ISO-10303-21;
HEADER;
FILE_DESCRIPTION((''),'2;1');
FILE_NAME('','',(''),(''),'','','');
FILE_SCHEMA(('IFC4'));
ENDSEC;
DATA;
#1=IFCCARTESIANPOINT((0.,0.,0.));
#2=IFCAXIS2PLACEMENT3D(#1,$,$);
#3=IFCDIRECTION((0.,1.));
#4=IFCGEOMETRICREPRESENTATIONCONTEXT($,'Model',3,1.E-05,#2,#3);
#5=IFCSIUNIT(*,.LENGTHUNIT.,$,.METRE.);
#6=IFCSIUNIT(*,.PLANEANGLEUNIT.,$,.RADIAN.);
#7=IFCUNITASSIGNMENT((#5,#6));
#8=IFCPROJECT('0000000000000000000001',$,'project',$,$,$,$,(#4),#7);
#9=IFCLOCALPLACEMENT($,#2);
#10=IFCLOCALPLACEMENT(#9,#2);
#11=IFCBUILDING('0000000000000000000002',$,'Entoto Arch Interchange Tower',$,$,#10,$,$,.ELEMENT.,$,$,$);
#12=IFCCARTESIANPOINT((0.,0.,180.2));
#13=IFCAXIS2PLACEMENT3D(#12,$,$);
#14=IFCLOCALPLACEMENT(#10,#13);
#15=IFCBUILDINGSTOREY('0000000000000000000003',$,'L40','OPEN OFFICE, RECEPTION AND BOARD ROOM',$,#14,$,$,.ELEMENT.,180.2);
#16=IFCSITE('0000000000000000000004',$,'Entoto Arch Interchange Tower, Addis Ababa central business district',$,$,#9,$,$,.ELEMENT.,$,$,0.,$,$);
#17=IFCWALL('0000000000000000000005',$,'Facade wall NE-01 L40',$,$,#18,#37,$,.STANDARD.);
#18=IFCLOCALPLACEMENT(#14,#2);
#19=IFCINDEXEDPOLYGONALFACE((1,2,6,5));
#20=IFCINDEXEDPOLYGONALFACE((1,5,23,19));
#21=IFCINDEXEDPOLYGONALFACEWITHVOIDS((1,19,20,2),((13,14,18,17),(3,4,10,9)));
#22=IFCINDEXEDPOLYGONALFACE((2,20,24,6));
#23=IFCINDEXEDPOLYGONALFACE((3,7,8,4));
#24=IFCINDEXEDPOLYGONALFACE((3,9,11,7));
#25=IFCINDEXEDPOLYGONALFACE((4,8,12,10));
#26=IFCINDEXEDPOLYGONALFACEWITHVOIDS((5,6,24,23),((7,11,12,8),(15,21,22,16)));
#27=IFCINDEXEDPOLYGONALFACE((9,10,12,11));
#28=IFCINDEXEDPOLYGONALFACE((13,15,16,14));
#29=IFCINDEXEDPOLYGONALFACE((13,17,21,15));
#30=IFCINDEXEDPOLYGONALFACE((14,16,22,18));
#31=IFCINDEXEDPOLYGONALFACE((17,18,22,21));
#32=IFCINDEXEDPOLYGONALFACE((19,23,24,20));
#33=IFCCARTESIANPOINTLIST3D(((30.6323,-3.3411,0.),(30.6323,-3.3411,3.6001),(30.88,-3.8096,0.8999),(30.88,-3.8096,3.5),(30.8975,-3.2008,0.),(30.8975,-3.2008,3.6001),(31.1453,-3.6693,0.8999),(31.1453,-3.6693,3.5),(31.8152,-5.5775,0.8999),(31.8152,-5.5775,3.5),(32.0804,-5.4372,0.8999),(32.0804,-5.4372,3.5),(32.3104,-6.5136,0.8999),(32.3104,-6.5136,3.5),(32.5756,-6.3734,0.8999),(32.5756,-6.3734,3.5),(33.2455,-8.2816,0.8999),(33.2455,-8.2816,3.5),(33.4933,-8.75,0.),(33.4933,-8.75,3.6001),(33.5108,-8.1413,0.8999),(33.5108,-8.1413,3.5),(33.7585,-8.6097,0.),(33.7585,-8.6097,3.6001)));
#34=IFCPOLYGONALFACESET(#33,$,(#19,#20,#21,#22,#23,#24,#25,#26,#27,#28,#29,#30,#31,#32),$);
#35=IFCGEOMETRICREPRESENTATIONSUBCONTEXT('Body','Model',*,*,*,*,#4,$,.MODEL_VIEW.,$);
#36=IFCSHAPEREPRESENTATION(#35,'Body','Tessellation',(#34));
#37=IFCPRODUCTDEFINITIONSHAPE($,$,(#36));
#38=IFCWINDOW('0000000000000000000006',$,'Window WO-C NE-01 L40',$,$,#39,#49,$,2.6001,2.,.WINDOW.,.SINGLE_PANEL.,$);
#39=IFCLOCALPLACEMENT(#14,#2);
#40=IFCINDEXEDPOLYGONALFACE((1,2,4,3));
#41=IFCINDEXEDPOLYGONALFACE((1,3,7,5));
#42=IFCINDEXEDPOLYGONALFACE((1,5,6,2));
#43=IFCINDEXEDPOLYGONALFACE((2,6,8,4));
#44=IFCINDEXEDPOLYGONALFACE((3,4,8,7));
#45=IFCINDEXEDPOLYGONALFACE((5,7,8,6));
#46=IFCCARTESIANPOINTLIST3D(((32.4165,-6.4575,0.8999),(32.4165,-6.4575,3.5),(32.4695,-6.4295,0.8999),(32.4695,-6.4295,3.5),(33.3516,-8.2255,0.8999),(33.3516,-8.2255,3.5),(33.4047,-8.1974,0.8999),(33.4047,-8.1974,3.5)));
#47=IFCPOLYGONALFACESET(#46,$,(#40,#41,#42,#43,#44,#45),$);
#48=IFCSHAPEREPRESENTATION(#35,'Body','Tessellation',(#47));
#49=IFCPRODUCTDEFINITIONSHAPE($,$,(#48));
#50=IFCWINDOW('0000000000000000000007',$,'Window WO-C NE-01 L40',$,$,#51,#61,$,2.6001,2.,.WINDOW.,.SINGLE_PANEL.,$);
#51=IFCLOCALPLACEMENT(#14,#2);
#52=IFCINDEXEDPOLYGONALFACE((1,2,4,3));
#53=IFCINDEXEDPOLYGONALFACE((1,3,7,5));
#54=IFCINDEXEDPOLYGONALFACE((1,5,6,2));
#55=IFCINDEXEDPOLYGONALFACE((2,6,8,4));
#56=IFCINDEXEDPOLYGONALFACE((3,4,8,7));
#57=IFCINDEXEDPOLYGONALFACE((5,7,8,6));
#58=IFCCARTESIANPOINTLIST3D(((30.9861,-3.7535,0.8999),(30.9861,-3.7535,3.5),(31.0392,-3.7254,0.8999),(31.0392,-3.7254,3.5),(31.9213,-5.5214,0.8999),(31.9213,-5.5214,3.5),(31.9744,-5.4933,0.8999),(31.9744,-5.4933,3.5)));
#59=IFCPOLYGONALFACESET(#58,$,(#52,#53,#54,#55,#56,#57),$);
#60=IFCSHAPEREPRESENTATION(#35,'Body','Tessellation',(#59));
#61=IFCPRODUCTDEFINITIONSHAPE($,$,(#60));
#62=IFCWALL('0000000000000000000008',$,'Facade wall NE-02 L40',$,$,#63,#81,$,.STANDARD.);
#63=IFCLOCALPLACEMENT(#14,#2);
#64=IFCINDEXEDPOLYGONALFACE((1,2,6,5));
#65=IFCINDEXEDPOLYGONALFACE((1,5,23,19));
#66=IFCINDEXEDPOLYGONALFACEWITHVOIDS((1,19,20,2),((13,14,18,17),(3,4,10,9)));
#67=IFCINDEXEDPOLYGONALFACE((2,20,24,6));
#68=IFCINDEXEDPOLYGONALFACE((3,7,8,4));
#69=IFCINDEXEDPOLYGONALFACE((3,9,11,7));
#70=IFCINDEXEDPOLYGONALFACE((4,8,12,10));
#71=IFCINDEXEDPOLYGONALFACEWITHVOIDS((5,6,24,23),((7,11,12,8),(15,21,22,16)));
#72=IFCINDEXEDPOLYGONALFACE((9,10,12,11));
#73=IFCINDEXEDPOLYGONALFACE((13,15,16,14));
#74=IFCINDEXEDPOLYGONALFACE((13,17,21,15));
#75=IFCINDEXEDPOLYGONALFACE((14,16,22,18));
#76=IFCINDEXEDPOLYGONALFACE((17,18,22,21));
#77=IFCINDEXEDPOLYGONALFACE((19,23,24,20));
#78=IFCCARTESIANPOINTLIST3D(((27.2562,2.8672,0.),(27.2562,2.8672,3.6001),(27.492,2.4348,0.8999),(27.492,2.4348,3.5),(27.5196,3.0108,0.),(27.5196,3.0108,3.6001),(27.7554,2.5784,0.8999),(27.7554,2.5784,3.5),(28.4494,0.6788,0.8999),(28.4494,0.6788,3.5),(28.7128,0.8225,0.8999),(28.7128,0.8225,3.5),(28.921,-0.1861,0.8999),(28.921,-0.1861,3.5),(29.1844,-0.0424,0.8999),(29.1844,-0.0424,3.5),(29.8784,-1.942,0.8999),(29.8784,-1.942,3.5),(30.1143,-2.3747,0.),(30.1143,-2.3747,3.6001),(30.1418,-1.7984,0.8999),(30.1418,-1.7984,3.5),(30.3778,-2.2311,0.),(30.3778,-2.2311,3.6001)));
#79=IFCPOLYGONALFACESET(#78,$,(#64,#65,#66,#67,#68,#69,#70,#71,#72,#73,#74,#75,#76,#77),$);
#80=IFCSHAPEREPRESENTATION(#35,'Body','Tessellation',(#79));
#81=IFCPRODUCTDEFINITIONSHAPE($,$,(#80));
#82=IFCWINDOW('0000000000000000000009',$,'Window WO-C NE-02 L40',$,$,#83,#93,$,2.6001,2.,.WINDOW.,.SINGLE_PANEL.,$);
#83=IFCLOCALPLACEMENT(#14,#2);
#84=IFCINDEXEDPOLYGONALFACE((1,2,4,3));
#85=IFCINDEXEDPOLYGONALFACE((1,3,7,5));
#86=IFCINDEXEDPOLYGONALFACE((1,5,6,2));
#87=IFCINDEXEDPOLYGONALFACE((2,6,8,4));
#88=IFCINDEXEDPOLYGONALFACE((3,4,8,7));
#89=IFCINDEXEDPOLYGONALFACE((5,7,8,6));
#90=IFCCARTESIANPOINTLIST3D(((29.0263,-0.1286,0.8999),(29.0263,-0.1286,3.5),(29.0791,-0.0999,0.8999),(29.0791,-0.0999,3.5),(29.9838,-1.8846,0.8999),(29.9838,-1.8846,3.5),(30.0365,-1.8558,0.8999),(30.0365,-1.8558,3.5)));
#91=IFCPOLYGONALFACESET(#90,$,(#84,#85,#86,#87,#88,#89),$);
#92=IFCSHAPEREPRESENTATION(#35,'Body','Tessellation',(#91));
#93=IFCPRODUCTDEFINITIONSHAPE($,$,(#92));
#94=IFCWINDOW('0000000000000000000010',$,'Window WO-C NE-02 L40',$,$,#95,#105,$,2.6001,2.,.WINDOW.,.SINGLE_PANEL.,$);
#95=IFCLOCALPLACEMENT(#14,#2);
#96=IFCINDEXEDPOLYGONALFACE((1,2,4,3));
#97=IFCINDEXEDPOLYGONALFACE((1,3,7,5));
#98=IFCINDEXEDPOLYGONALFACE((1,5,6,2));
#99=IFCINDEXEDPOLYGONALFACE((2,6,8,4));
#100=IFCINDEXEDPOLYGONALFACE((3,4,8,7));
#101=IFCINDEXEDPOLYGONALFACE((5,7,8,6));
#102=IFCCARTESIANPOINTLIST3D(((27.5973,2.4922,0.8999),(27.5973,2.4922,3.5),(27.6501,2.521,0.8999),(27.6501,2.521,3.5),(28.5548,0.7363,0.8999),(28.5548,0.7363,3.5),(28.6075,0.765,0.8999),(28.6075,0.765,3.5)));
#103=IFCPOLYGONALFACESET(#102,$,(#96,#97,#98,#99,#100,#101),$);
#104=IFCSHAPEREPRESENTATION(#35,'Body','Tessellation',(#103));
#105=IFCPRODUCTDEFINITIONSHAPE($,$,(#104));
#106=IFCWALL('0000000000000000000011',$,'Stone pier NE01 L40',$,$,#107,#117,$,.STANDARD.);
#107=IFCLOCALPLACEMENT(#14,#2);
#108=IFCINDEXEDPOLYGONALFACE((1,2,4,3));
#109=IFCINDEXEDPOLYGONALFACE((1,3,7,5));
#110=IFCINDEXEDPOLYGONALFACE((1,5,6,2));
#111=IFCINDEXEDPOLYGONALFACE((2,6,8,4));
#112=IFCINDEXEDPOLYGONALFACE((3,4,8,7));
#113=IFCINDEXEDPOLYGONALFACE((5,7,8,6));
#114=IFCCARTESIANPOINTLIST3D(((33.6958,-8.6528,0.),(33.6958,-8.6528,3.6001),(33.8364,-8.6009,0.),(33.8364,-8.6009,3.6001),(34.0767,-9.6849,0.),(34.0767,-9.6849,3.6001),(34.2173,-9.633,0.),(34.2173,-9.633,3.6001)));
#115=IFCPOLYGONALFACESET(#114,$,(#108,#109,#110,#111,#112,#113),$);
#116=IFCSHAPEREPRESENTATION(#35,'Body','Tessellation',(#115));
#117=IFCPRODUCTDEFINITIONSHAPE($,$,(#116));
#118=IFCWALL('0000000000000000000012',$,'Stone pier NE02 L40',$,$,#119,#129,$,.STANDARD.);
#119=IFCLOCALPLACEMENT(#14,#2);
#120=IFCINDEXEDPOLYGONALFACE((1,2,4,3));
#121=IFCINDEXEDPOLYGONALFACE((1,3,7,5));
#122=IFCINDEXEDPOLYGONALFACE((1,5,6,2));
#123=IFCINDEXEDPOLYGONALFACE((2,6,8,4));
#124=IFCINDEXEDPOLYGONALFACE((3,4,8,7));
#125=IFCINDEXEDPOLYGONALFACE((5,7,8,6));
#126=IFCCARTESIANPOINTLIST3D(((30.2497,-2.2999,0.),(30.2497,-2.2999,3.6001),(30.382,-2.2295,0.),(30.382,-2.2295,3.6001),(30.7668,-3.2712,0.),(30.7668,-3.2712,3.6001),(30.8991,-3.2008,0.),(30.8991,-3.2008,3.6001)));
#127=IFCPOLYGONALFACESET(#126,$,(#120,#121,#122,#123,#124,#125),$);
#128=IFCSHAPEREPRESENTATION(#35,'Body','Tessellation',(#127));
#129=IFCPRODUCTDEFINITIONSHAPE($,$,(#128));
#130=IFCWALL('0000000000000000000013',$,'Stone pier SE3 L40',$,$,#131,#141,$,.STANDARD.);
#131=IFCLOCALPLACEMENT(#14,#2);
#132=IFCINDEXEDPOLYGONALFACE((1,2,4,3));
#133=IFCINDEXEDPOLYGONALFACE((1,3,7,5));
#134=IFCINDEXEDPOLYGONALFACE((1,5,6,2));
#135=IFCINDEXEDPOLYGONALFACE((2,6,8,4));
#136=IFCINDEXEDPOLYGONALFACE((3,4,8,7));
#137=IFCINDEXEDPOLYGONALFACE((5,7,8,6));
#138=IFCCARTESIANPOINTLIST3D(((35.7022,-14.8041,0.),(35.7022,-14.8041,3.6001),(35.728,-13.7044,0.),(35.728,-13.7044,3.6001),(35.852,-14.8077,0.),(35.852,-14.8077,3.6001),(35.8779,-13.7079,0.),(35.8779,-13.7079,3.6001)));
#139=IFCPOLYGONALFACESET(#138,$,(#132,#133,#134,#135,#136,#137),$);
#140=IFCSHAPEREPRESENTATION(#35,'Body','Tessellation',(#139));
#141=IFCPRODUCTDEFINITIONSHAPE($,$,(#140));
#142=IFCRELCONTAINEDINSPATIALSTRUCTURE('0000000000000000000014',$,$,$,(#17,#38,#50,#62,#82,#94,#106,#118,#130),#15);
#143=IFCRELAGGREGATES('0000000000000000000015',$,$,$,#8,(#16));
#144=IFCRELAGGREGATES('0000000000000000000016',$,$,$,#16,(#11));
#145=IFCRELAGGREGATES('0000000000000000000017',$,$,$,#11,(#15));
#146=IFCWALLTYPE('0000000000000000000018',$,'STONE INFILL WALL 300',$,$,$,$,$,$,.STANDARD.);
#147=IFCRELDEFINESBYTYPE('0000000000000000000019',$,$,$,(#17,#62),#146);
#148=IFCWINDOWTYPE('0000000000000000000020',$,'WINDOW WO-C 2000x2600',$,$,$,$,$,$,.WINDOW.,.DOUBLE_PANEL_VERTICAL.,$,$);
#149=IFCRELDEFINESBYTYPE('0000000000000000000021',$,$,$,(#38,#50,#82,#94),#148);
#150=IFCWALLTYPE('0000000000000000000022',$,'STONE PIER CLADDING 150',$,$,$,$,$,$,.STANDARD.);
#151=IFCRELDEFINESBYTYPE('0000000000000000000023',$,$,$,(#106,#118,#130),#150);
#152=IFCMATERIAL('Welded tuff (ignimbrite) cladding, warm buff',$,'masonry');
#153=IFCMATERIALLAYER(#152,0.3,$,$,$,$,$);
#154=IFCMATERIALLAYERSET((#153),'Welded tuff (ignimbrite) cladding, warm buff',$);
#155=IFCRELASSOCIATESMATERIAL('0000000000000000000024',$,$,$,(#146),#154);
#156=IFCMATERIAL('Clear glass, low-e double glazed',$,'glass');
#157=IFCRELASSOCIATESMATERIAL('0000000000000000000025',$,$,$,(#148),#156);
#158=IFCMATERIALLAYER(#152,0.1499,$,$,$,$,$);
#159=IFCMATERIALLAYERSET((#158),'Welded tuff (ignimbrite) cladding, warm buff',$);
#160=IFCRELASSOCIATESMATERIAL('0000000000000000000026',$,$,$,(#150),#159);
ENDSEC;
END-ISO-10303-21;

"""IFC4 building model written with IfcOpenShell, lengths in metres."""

from ifc_helpers import new_model, si_unit, direction, frame, frame_2d, origin, place, context, subcontext, project, spatial, rectangle, extrude, material, layer, layer_set, type_object, element, fill, save


model = new_model("IFC4")

# Units and contexts
model_context = context("Model", 3, precision=1e-05, world=origin(), true_north=direction((0.0, 1.0)))
body_context = subcontext(model_context, "Body", "Model", "MODEL_VIEW")
ifc_project = project(units=[si_unit("LENGTHUNIT", "METRE"), si_unit("PLANEANGLEUNIT", "RADIAN")], contexts=[model_context])

# Site, building, storey
site_placement = place(None, origin())
site = spatial("IfcSite", under=ifc_project, at=site_placement, Name="Entoto Arch Interchange Tower, Addis Ababa central business district", CompositionType="ELEMENT", RefElevation=0.0)
building_placement = place(site_placement, origin())
building = spatial("IfcBuilding", under=site, at=building_placement, Name="Entoto Arch Interchange Tower", CompositionType="ELEMENT")
storey_placement = place(building_placement, frame((0.0, 0.0, 180.2)))
storey = spatial("IfcBuildingStorey", under=building, at=storey_placement, Name="L40", Description="OPEN OFFICE, RECEPTION AND BOARD ROOM", CompositionType="ELEMENT", Elevation=180.2)

# Shared definitions
ifc_material_1 = material(Name="Welded tuff (ignimbrite) cladding, warm buff", Category="masonry")
ifc_layer_1 = layer(ifc_material_1, 0.3)
ifc_layer_set_1 = layer_set([ifc_layer_1], Name="Welded tuff (ignimbrite) cladding, warm buff")
wall_type_1 = type_object("IfcWallType", Name="STONE INFILL WALL 300", PredefinedType="STANDARD", material=ifc_layer_set_1)
ifc_material_2 = material(Name="Clear glass, low-e double glazed", Category="glass")

# Walls, openings, windows
wall_1_placement = place(storey_placement, frame((33.626, -8.6799, 0.0), z_axis=(0.0, 0.0, 1.0), x_axis=(-0.467572, 0.883955, 0.0)))
wall_1 = element("IfcWall", 1, at=wall_1_placement, inside=storey, type_object=wall_type_1, Name="Facade wall NE-01 L40", PredefinedType="STANDARD", context=body_context, shape_type="SweptSolid", body=[
    extrude(rectangle(XDim=6.1189, YDim=0.3, at=frame_2d((3.0596, 0.0))), origin(), (0.0, 0.0, 1.0), 3.6001),
])
opening_1_placement = place(wall_1_placement, frame((0.53, 0.0, 0.8999)))
opening_1 = element("IfcOpeningElement", 2, at=opening_1_placement, cuts=wall_1, PredefinedType="OPENING", context=body_context, shape_type="SweptSolid", body=[
    extrude(rectangle(XDim=2.0, YDim=2.6001, at=frame_2d((1.0, 1.3))), frame((0.0, 0.1602, 0.0), z_axis=(0.0, -1.0, 0.0), x_axis=(1.0, 0.0, 0.0)), (0.0, 0.0, 1.0), 0.3201),
])
opening_2_placement = place(wall_1_placement, frame((3.5891, 0.0, 0.8999)))
opening_2 = element("IfcOpeningElement", 3, at=opening_2_placement, cuts=wall_1, PredefinedType="OPENING", context=body_context, shape_type="SweptSolid", body=[
    extrude(rectangle(XDim=2.0, YDim=2.6001, at=frame_2d((1.0, 1.3))), frame((0.0, 0.1602, 0.0), z_axis=(0.0, -1.0, 0.0), x_axis=(1.0, 0.0, 0.0)), (0.0, 0.0, 1.0), 0.3201),
])
window_type_1 = type_object("IfcWindowType", Name="WINDOW WO-C 2000x2600", PartitioningType="DOUBLE_PANEL_VERTICAL", PredefinedType="WINDOW", material=ifc_material_2)
window_1_placement = place(opening_1_placement, origin())
window_1 = element("IfcWindow", 4, at=window_1_placement, inside=storey, type_object=window_type_1, Name="Window WO-C NE-01 L40", OverallHeight=2.6001, OverallWidth=2.0, PartitioningType="SINGLE_PANEL", PredefinedType="WINDOW", context=body_context, shape_type="SweptSolid", body=[
    extrude(rectangle(XDim=2.0, YDim=2.6001, at=frame_2d((1.0, 1.3))), frame((0.0, 0.03, 0.0), z_axis=(0.0, -1.0, 0.0), x_axis=(1.0, 0.0, 0.0)), (0.0, 0.0, 1.0), 0.0601),
])
fill(opening_1, window_1)
window_2_placement = place(opening_2_placement, origin())
window_2 = element("IfcWindow", 5, at=window_2_placement, inside=storey, type_object=window_type_1, Name="Window WO-C NE-01 L40", OverallHeight=2.6001, OverallWidth=2.0, PartitioningType="SINGLE_PANEL", PredefinedType="WINDOW", context=body_context, shape_type="SweptSolid", body=[
    extrude(rectangle(XDim=2.0, YDim=2.6001, at=frame_2d((1.0, 1.3))), frame((0.0, 0.03, 0.0), z_axis=(0.0, -1.0, 0.0), x_axis=(1.0, 0.0, 0.0)), (0.0, 0.0, 1.0), 0.0601),
])
fill(opening_2, window_2)
wall_2_placement = place(storey_placement, frame((30.2461, -2.303, 0.0), z_axis=(0.0, 0.0, 1.0), x_axis=(-0.478712, 0.877972, 0.0)))
wall_2 = element("IfcWall", 6, at=wall_2_placement, inside=storey, type_object=wall_type_1, Name="Facade wall NE-02 L40", PredefinedType="STANDARD", context=body_context, shape_type="SweptSolid", body=[
    extrude(rectangle(XDim=5.9705, YDim=0.3, at=frame_2d((2.9854, 0.0))), origin(), (0.0, 0.0, 1.0), 3.6001),
])
opening_3_placement = place(wall_2_placement, frame((0.4929, 0.0, 0.8999)))
opening_3 = element("IfcOpeningElement", 7, at=opening_3_placement, cuts=wall_2, PredefinedType="OPENING", context=body_context, shape_type="SweptSolid", body=[
    extrude(rectangle(XDim=2.0, YDim=2.6001, at=frame_2d((1.0, 1.3))), frame((0.0, 0.1602, 0.0), z_axis=(0.0, -1.0, 0.0), x_axis=(1.0, 0.0, 0.0)), (0.0, 0.0, 1.0), 0.3201),
])
opening_4_placement = place(wall_2_placement, frame((3.478, 0.0, 0.8999)))
opening_4 = element("IfcOpeningElement", 8, at=opening_4_placement, cuts=wall_2, PredefinedType="OPENING", context=body_context, shape_type="SweptSolid", body=[
    extrude(rectangle(XDim=2.0, YDim=2.6001, at=frame_2d((1.0, 1.3))), frame((0.0, 0.1602, 0.0), z_axis=(0.0, -1.0, 0.0), x_axis=(1.0, 0.0, 0.0)), (0.0, 0.0, 1.0), 0.3201),
])
window_3_placement = place(opening_3_placement, origin())
window_3 = element("IfcWindow", 9, at=window_3_placement, inside=storey, type_object=window_type_1, Name="Window WO-C NE-02 L40", OverallHeight=2.6001, OverallWidth=2.0, PartitioningType="SINGLE_PANEL", PredefinedType="WINDOW", context=body_context, shape_type="SweptSolid", body=[
    extrude(rectangle(XDim=2.0, YDim=2.6001, at=frame_2d((1.0, 1.3))), frame((0.0, 0.03, 0.0), z_axis=(0.0, -1.0, 0.0), x_axis=(1.0, 0.0, 0.0)), (0.0, 0.0, 1.0), 0.0601),
])
fill(opening_3, window_3)
window_4_placement = place(opening_4_placement, origin())
window_4 = element("IfcWindow", 10, at=window_4_placement, inside=storey, type_object=window_type_1, Name="Window WO-C NE-02 L40", OverallHeight=2.6001, OverallWidth=2.0, PartitioningType="SINGLE_PANEL", PredefinedType="WINDOW", context=body_context, shape_type="SweptSolid", body=[
    extrude(rectangle(XDim=2.0, YDim=2.6001, at=frame_2d((1.0, 1.3))), frame((0.0, 0.03, 0.0), z_axis=(0.0, -1.0, 0.0), x_axis=(1.0, 0.0, 0.0)), (0.0, 0.0, 1.0), 0.0601),
])
fill(opening_4, window_4)

# Walls
ifc_layer_2 = layer(ifc_material_1, 0.1499)
ifc_layer_set_2 = layer_set([ifc_layer_2], Name="Welded tuff (ignimbrite) cladding, warm buff")
wall_type_2 = type_object("IfcWallType", Name="STONE PIER CLADDING 150", PredefinedType="STANDARD", material=ifc_layer_set_2)
wall_3_placement = place(storey_placement, frame((34.147, -9.6589, 0.0), z_axis=(0.0, 0.0, 1.0), x_axis=(-0.34623, 0.93815, 0.0)))
element("IfcWall", 11, at=wall_3_placement, inside=storey, type_object=wall_type_2, Name="Stone pier NE01 L40", PredefinedType="STANDARD", context=body_context, shape_type="SweptSolid", body=[
    extrude(rectangle(XDim=1.1001, YDim=0.1499, at=frame_2d((0.55, 0.0))), origin(), (0.0, 0.0, 1.0), 3.6001),
])
wall_4_placement = place(storey_placement, frame((30.833, -3.2361, 0.0), z_axis=(0.0, 0.0, 1.0), x_axis=(-0.469966, 0.882684, 0.0)))
element("IfcWall", 12, at=wall_4_placement, inside=storey, type_object=wall_type_2, Name="Stone pier NE02 L40", PredefinedType="STANDARD", context=body_context, shape_type="SweptSolid", body=[
    extrude(rectangle(XDim=1.1003, YDim=0.1499, at=frame_2d((0.5503, 0.0))), origin(), (0.0, 0.0, 1.0), 3.6001),
])
wall_5_placement = place(storey_placement, frame((35.7771, -14.8059, 0.0), z_axis=(0.0, 0.0, 1.0), x_axis=(0.023523, 0.999723, 0.0)))
element("IfcWall", 13, at=wall_5_placement, inside=storey, type_object=wall_type_2, Name="Stone pier SE3 L40", PredefinedType="STANDARD", context=body_context, shape_type="SweptSolid", body=[
    extrude(rectangle(XDim=1.1001, YDim=0.1499, at=frame_2d((0.55, 0.0))), origin(), (0.0, 0.0, 1.0), 3.6001),
])

save(model, "model.ifc")
